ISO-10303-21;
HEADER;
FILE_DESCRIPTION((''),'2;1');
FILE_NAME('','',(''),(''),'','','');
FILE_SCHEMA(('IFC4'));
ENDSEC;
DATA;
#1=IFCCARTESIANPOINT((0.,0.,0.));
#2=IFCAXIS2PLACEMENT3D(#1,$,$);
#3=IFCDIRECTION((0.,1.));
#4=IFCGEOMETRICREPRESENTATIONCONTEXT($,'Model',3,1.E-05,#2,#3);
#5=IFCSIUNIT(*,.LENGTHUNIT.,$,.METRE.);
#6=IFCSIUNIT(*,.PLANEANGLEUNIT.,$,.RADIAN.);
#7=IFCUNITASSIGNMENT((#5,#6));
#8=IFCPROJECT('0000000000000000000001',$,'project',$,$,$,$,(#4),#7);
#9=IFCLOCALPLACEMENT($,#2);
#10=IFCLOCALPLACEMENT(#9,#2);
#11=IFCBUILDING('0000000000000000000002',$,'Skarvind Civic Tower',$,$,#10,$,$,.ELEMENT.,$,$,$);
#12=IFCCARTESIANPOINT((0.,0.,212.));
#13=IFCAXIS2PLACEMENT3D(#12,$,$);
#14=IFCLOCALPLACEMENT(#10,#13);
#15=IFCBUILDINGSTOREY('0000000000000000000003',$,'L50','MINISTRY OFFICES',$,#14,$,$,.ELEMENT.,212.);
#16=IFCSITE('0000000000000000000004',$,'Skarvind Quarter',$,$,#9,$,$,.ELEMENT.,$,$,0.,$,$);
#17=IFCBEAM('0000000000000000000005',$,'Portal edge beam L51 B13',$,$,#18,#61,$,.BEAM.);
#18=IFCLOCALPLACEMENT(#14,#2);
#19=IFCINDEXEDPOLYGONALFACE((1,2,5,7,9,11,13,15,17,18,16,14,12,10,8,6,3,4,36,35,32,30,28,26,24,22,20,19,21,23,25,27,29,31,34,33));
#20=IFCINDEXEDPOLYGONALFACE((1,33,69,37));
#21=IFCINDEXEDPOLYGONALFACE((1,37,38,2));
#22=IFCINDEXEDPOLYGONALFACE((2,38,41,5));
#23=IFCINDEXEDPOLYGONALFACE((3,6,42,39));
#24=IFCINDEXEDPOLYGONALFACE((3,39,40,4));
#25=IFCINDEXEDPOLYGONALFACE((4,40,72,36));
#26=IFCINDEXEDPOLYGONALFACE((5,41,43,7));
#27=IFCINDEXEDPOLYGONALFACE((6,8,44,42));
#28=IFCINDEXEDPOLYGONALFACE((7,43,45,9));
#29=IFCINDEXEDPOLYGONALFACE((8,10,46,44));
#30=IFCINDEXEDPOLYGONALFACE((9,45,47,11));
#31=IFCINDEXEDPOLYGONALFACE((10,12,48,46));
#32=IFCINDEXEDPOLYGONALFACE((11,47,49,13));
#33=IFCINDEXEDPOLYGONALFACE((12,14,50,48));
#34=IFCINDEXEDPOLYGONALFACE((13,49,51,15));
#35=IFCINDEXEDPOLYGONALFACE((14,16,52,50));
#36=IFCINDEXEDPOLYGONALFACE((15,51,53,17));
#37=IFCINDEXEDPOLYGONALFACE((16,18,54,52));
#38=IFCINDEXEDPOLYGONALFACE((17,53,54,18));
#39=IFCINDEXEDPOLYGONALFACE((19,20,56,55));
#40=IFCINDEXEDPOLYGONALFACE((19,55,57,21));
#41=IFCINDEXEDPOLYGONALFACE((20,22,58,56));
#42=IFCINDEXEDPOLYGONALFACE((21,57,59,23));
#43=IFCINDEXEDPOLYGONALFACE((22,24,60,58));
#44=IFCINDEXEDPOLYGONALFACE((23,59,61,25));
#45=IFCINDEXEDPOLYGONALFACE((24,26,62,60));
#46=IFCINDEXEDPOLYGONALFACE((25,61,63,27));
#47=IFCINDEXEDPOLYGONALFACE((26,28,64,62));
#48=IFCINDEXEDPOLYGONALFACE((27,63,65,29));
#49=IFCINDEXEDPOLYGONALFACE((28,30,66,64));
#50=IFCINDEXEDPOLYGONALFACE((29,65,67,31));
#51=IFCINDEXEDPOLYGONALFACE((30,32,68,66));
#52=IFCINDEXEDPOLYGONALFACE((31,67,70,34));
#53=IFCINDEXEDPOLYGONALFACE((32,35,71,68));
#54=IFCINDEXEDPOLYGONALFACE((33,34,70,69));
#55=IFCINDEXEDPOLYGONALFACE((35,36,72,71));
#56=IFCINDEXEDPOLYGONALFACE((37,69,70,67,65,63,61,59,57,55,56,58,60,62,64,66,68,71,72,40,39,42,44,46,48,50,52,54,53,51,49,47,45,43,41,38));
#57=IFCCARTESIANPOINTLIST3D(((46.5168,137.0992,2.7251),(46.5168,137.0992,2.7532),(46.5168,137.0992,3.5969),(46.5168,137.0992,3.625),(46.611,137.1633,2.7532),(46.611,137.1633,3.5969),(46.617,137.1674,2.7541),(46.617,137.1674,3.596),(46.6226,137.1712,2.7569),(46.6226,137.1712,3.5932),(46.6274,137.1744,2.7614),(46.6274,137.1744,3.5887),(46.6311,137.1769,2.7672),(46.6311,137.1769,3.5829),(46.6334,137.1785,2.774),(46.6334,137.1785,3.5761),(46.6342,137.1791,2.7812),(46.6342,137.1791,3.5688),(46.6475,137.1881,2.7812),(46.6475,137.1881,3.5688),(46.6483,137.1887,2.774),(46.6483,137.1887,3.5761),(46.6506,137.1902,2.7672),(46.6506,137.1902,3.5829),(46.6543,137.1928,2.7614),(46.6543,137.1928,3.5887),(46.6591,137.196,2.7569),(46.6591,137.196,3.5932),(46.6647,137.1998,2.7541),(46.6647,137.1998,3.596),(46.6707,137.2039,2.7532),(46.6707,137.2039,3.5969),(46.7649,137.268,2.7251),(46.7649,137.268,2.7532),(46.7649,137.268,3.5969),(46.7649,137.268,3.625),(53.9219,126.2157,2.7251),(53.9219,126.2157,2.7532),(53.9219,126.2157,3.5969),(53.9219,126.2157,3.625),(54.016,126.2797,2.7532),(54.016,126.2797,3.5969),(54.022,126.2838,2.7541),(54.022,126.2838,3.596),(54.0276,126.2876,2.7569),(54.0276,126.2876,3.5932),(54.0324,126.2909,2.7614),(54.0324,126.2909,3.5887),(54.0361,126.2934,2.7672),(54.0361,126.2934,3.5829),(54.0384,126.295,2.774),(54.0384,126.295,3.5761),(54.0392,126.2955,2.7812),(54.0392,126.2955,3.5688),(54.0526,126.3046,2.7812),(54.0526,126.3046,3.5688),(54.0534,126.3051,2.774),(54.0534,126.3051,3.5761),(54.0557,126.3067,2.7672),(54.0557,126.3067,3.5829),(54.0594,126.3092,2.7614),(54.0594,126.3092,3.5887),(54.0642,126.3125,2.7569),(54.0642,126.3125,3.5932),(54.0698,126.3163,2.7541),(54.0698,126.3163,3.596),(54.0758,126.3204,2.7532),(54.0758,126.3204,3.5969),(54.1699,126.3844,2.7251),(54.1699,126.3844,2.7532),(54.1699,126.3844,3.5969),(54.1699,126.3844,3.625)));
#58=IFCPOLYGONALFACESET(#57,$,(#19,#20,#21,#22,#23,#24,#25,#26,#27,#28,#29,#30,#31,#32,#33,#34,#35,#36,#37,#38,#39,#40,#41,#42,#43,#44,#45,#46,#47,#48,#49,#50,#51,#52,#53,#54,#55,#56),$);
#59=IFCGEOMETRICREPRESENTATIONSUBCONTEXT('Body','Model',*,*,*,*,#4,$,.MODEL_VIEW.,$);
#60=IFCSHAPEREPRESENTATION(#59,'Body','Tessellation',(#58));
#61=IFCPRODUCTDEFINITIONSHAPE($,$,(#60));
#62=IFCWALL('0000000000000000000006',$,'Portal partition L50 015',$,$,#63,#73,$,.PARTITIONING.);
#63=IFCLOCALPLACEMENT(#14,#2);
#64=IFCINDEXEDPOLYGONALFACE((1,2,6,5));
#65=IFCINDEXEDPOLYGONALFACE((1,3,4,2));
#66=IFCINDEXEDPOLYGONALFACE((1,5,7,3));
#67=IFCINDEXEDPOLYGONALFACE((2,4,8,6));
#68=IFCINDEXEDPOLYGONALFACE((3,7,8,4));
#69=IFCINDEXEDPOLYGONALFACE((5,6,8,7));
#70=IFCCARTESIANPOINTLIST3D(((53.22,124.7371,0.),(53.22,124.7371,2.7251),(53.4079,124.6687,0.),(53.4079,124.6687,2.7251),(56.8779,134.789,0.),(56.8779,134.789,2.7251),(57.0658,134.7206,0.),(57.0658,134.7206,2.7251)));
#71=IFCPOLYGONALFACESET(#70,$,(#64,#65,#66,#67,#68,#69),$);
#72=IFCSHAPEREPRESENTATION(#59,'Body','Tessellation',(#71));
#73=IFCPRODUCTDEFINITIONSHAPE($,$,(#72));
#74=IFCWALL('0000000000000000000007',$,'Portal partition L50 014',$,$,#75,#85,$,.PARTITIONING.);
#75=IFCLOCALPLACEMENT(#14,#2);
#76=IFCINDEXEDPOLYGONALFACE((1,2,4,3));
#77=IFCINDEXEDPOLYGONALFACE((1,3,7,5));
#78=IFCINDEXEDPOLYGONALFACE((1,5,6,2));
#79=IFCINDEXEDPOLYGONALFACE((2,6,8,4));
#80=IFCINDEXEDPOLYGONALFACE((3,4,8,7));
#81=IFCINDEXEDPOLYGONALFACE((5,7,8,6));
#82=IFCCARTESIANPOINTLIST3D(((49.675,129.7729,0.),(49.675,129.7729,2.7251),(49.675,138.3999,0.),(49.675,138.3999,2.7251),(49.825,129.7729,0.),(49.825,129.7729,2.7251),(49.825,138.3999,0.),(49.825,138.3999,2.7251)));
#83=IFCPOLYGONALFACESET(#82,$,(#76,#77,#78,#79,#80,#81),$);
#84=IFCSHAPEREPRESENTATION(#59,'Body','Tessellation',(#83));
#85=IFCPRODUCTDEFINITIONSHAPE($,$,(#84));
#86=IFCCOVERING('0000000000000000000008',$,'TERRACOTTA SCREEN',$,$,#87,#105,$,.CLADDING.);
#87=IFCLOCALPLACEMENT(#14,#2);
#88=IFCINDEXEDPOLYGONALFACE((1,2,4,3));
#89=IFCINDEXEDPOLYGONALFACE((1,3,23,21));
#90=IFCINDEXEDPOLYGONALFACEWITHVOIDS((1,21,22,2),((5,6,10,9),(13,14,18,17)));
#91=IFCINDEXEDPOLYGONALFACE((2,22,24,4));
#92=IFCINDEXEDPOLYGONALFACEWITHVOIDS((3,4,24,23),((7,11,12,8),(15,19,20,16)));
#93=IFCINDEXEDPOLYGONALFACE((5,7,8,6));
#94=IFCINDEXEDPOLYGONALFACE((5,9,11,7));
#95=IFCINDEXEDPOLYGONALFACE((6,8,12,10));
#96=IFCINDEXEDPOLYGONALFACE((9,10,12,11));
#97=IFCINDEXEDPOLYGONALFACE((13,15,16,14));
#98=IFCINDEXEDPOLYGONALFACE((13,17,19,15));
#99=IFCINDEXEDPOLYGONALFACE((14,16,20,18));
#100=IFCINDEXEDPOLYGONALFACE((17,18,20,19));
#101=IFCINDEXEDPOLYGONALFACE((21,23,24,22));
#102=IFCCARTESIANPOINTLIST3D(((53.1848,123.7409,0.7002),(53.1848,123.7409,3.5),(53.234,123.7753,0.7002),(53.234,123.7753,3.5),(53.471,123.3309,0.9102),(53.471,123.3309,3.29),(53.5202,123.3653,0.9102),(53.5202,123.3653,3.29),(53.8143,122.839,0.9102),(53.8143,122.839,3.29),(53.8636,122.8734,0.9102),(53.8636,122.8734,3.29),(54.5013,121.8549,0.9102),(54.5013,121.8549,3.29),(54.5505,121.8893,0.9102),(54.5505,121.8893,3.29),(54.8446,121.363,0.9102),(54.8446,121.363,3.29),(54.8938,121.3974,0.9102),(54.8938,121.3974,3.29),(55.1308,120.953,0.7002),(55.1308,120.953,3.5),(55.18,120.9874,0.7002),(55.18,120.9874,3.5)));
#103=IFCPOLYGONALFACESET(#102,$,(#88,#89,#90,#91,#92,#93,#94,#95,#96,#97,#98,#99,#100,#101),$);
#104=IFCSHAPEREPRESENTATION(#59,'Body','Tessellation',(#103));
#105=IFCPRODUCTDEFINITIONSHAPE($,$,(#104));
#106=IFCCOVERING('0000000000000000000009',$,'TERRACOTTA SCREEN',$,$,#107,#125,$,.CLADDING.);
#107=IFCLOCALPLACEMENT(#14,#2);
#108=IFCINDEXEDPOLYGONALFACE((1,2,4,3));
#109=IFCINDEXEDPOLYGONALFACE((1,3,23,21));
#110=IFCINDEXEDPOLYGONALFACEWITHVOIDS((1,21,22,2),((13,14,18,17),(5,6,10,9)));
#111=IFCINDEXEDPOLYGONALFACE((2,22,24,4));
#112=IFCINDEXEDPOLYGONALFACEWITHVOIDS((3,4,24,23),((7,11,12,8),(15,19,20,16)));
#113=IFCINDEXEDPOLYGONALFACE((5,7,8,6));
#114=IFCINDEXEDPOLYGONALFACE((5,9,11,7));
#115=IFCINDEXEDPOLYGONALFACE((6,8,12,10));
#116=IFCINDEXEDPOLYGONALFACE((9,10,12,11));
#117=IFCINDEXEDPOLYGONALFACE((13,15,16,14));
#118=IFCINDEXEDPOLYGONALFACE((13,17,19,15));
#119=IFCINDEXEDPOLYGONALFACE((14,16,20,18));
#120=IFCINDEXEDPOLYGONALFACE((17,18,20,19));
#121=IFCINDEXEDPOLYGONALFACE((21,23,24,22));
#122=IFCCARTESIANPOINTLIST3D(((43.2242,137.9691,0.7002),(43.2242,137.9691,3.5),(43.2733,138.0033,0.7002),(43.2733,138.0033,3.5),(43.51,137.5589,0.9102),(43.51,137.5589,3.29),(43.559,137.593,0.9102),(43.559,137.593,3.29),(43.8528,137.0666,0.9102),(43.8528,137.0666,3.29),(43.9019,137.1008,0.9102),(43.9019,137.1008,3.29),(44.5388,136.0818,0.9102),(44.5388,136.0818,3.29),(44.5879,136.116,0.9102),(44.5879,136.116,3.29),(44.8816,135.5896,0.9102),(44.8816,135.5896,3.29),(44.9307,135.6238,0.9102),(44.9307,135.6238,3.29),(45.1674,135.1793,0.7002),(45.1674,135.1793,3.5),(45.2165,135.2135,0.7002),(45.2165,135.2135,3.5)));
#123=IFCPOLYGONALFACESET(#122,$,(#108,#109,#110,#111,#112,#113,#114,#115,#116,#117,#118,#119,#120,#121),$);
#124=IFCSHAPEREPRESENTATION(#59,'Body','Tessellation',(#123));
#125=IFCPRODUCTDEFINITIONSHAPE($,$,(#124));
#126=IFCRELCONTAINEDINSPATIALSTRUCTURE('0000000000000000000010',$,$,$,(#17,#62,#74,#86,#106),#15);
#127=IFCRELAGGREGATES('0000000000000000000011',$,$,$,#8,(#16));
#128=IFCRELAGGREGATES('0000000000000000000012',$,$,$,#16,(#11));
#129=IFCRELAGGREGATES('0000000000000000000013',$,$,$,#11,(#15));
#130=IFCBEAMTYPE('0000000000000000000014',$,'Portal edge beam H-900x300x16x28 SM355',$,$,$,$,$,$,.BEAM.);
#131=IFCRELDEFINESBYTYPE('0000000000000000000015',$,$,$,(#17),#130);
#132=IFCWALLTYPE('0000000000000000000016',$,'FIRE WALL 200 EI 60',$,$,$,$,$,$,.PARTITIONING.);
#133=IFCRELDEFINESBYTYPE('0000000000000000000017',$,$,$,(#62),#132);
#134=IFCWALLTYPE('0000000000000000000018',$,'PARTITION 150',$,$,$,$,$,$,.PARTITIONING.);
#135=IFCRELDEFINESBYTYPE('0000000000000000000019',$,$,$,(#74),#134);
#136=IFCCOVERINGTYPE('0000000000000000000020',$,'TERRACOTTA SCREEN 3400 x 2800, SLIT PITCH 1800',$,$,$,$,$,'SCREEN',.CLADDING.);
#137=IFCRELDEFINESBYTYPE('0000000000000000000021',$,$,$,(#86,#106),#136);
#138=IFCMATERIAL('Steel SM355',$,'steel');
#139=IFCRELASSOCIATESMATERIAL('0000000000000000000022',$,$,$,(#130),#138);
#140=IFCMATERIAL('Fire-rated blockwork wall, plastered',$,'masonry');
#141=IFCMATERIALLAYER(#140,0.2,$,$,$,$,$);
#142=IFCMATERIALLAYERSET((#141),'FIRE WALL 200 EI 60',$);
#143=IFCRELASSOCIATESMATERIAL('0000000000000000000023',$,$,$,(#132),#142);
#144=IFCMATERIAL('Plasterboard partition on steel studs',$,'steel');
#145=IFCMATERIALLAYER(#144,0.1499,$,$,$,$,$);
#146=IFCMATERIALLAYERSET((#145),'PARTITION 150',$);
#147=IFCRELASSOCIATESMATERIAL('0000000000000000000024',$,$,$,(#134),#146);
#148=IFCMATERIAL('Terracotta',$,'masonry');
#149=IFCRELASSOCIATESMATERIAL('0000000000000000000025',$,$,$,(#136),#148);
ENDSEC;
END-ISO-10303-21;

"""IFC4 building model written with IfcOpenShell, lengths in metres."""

from ifc_helpers import new_model, si_unit, direction, frame, frame_2d, origin, origin_2d, place, context, subcontext, project, spatial, polyline, rectangle, i_section, outline, extrude, material, layer, layer_set, material_profile, profile_set, type_object, element, save


model = new_model("IFC4")

# Units and contexts
model_context = context("Model", 3, precision=1e-05, world=origin(), true_north=direction((0.0, 1.0)))
body_context = subcontext(model_context, "Body", "Model", "MODEL_VIEW")
ifc_project = project(units=[si_unit("LENGTHUNIT", "METRE"), si_unit("PLANEANGLEUNIT", "RADIAN")], contexts=[model_context])

# Site, building, storey
site_placement = place(None, origin())
site = spatial("IfcSite", under=ifc_project, at=site_placement, Name="Skarvind Quarter", CompositionType="ELEMENT", RefElevation=0.0)
building_placement = place(site_placement, origin())
building = spatial("IfcBuilding", under=site, at=building_placement, Name="Skarvind Civic Tower", CompositionType="ELEMENT")
storey_placement = place(building_placement, frame((0.0, 0.0, 212.0)))
storey = spatial("IfcBuildingStorey", under=building, at=storey_placement, Name="L50", Description="MINISTRY OFFICES", CompositionType="ELEMENT", Elevation=212.0)

# Beam
ifc_material_1 = material(Name="Steel SM355", Category="steel")
ifc_material_profile_1 = material_profile(ifc_material_1, i_section(OverallWidth=0.3, OverallDepth=0.8999, WebThickness=0.0161, FlangeThickness=0.0281, FilletRadius=0.0281, at=origin_2d()), Name="H-900x300x16x28")
ifc_profile_set_1 = profile_set([ifc_material_profile_1], Name="Steel SM355")
beam_type_1 = type_object("IfcBeamType", Name="Portal edge beam H-900x300x16x28 SM355", PredefinedType="BEAM", material=ifc_profile_set_1)
beam_1_placement = place(storey_placement, frame((54.0459, 126.3, 3.175), z_axis=(-0.562529, 0.826777, 0.0), x_axis=(-0.826777, -0.562529, 0.0)))
element("IfcBeam", 1, at=beam_1_placement, inside=storey, type_object=beam_type_1, Name="Portal edge beam L51 B13", PredefinedType="BEAM", context=body_context, shape_type="SweptSolid", body=[
    extrude(i_section(OverallWidth=0.3, OverallDepth=0.8999, WebThickness=0.0161, FlangeThickness=0.0281, FilletRadius=0.0281, at=origin_2d()), origin(), (0.0, 0.0, 1.0), 13.1638),
])

# Walls
ifc_material_2 = material(Name="Fire-rated blockwork wall, plastered", Category="masonry")
ifc_layer_1 = layer(ifc_material_2, 0.2)
ifc_layer_set_1 = layer_set([ifc_layer_1], Name="FIRE WALL 200 EI 60")
wall_type_1 = type_object("IfcWallType", Name="FIRE WALL 200 EI 60", PredefinedType="PARTITIONING", material=ifc_layer_set_1)
wall_1_placement = place(storey_placement, frame((53.314, 124.7029, 0.0), z_axis=(0.0, 0.0, 1.0), x_axis=(0.341965, 0.939713, 0.0)))
element("IfcWall", 2, at=wall_1_placement, inside=storey, type_object=wall_type_1, Name="Portal partition L50 015", PredefinedType="PARTITIONING", context=body_context, shape_type="SweptSolid", body=[
    extrude(rectangle(XDim=10.6968, YDim=0.2, at=frame_2d((5.3484, 0.0))), origin(), (0.0, 0.0, 1.0), 2.7251),
])
ifc_material_3 = material(Name="Plasterboard partition on steel studs", Category="steel")
ifc_layer_2 = layer(ifc_material_3, 0.1499)
ifc_layer_set_2 = layer_set([ifc_layer_2], Name="PARTITION 150")
wall_type_2 = type_object("IfcWallType", Name="PARTITION 150", PredefinedType="PARTITIONING", material=ifc_layer_set_2)
wall_2_placement = place(storey_placement, frame((49.75, 129.7729, 0.0), z_axis=(0.0, 0.0, 1.0), x_axis=(0.0, 1.0, 0.0)))
element("IfcWall", 3, at=wall_2_placement, inside=storey, type_object=wall_type_2, Name="Portal partition L50 014", PredefinedType="PARTITIONING", context=body_context, shape_type="SweptSolid", body=[
    extrude(rectangle(XDim=8.627, YDim=0.1499, at=frame_2d((4.3135, 0.0))), origin(), (0.0, 0.0, 1.0), 2.7251),
])

# Coverings
ifc_material_4 = material(Name="Terracotta", Category="masonry")
ifc_material_profile_2 = material_profile(ifc_material_4, outline(polyline([(-1.7, -1.3999), (1.7, -1.3999), (1.7, 1.3999), (-1.7, 1.3999), (-1.7, -1.3999)]), holes=[polyline([(-1.2, -1.1899), (-0.6001, -1.1899), (-0.6001, 1.1899), (-1.2, 1.1899), (-1.2, -1.1899)]), polyline([(0.6001, -1.1899), (1.2, -1.1899), (1.2, 1.1899), (0.6001, 1.1899), (0.6001, -1.1899)])]), Name="TERRACOTTA SCREEN 3400 x 2800, SLIT PITCH 1800")
ifc_profile_set_2 = profile_set([ifc_material_profile_2], Name="Terracotta")
covering_type = type_object("IfcCoveringType", Name="TERRACOTTA SCREEN 3400 x 2800, SLIT PITCH 1800", ElementType="SCREEN", PredefinedType="CLADDING", material=ifc_profile_set_2)
covering_1_placement = place(storey_placement, frame((54.207, 122.3813, 2.1001), z_axis=(-0.819994, -0.572372, 0.0), x_axis=(0.572372, -0.819994, 0.0)))
element("IfcCovering", 4, at=covering_1_placement, inside=storey, type_object=covering_type, Name="TERRACOTTA SCREEN", PredefinedType="CLADDING", context=body_context, shape_type="SweptSolid", body=[
    extrude(outline(polyline([(-1.7, -1.3999), (1.7, -1.3999), (1.7, 1.3999), (-1.7, 1.3999), (-1.7, -1.3999)]), holes=[polyline([(-1.2, -1.1899), (-0.6001, -1.1899), (-0.6001, 1.1899), (-1.2, 1.1899), (-1.2, -1.1899)]), polyline([(0.6001, -1.1899), (1.2, -1.1899), (1.2, 1.1899), (0.6001, 1.1899), (0.6001, -1.1899)])]), origin(), (0.0, 0.0, 1.0), 0.0601),
])
covering_2_placement = place(storey_placement, frame((44.2449, 136.6084, 2.1001), z_axis=(-0.820572, -0.571543, 0.0), x_axis=(0.571543, -0.820572, 0.0)))
element("IfcCovering", 5, at=covering_2_placement, inside=storey, type_object=covering_type, Name="TERRACOTTA SCREEN", PredefinedType="CLADDING", context=body_context, shape_type="SweptSolid", body=[
    extrude(outline(polyline([(-1.7, -1.3999), (1.7, -1.3999), (1.7, 1.3999), (-1.7, 1.3999), (-1.7, -1.3999)]), holes=[polyline([(-1.2, -1.1899), (-0.6001, -1.1899), (-0.6001, 1.1899), (-1.2, 1.1899), (-1.2, -1.1899)]), polyline([(0.6001, -1.1899), (1.2, -1.1899), (1.2, 1.1899), (0.6001, 1.1899), (0.6001, -1.1899)])]), origin(), (0.0, 0.0, 1.0), 0.0598),
])

save(model, "model.ifc")
